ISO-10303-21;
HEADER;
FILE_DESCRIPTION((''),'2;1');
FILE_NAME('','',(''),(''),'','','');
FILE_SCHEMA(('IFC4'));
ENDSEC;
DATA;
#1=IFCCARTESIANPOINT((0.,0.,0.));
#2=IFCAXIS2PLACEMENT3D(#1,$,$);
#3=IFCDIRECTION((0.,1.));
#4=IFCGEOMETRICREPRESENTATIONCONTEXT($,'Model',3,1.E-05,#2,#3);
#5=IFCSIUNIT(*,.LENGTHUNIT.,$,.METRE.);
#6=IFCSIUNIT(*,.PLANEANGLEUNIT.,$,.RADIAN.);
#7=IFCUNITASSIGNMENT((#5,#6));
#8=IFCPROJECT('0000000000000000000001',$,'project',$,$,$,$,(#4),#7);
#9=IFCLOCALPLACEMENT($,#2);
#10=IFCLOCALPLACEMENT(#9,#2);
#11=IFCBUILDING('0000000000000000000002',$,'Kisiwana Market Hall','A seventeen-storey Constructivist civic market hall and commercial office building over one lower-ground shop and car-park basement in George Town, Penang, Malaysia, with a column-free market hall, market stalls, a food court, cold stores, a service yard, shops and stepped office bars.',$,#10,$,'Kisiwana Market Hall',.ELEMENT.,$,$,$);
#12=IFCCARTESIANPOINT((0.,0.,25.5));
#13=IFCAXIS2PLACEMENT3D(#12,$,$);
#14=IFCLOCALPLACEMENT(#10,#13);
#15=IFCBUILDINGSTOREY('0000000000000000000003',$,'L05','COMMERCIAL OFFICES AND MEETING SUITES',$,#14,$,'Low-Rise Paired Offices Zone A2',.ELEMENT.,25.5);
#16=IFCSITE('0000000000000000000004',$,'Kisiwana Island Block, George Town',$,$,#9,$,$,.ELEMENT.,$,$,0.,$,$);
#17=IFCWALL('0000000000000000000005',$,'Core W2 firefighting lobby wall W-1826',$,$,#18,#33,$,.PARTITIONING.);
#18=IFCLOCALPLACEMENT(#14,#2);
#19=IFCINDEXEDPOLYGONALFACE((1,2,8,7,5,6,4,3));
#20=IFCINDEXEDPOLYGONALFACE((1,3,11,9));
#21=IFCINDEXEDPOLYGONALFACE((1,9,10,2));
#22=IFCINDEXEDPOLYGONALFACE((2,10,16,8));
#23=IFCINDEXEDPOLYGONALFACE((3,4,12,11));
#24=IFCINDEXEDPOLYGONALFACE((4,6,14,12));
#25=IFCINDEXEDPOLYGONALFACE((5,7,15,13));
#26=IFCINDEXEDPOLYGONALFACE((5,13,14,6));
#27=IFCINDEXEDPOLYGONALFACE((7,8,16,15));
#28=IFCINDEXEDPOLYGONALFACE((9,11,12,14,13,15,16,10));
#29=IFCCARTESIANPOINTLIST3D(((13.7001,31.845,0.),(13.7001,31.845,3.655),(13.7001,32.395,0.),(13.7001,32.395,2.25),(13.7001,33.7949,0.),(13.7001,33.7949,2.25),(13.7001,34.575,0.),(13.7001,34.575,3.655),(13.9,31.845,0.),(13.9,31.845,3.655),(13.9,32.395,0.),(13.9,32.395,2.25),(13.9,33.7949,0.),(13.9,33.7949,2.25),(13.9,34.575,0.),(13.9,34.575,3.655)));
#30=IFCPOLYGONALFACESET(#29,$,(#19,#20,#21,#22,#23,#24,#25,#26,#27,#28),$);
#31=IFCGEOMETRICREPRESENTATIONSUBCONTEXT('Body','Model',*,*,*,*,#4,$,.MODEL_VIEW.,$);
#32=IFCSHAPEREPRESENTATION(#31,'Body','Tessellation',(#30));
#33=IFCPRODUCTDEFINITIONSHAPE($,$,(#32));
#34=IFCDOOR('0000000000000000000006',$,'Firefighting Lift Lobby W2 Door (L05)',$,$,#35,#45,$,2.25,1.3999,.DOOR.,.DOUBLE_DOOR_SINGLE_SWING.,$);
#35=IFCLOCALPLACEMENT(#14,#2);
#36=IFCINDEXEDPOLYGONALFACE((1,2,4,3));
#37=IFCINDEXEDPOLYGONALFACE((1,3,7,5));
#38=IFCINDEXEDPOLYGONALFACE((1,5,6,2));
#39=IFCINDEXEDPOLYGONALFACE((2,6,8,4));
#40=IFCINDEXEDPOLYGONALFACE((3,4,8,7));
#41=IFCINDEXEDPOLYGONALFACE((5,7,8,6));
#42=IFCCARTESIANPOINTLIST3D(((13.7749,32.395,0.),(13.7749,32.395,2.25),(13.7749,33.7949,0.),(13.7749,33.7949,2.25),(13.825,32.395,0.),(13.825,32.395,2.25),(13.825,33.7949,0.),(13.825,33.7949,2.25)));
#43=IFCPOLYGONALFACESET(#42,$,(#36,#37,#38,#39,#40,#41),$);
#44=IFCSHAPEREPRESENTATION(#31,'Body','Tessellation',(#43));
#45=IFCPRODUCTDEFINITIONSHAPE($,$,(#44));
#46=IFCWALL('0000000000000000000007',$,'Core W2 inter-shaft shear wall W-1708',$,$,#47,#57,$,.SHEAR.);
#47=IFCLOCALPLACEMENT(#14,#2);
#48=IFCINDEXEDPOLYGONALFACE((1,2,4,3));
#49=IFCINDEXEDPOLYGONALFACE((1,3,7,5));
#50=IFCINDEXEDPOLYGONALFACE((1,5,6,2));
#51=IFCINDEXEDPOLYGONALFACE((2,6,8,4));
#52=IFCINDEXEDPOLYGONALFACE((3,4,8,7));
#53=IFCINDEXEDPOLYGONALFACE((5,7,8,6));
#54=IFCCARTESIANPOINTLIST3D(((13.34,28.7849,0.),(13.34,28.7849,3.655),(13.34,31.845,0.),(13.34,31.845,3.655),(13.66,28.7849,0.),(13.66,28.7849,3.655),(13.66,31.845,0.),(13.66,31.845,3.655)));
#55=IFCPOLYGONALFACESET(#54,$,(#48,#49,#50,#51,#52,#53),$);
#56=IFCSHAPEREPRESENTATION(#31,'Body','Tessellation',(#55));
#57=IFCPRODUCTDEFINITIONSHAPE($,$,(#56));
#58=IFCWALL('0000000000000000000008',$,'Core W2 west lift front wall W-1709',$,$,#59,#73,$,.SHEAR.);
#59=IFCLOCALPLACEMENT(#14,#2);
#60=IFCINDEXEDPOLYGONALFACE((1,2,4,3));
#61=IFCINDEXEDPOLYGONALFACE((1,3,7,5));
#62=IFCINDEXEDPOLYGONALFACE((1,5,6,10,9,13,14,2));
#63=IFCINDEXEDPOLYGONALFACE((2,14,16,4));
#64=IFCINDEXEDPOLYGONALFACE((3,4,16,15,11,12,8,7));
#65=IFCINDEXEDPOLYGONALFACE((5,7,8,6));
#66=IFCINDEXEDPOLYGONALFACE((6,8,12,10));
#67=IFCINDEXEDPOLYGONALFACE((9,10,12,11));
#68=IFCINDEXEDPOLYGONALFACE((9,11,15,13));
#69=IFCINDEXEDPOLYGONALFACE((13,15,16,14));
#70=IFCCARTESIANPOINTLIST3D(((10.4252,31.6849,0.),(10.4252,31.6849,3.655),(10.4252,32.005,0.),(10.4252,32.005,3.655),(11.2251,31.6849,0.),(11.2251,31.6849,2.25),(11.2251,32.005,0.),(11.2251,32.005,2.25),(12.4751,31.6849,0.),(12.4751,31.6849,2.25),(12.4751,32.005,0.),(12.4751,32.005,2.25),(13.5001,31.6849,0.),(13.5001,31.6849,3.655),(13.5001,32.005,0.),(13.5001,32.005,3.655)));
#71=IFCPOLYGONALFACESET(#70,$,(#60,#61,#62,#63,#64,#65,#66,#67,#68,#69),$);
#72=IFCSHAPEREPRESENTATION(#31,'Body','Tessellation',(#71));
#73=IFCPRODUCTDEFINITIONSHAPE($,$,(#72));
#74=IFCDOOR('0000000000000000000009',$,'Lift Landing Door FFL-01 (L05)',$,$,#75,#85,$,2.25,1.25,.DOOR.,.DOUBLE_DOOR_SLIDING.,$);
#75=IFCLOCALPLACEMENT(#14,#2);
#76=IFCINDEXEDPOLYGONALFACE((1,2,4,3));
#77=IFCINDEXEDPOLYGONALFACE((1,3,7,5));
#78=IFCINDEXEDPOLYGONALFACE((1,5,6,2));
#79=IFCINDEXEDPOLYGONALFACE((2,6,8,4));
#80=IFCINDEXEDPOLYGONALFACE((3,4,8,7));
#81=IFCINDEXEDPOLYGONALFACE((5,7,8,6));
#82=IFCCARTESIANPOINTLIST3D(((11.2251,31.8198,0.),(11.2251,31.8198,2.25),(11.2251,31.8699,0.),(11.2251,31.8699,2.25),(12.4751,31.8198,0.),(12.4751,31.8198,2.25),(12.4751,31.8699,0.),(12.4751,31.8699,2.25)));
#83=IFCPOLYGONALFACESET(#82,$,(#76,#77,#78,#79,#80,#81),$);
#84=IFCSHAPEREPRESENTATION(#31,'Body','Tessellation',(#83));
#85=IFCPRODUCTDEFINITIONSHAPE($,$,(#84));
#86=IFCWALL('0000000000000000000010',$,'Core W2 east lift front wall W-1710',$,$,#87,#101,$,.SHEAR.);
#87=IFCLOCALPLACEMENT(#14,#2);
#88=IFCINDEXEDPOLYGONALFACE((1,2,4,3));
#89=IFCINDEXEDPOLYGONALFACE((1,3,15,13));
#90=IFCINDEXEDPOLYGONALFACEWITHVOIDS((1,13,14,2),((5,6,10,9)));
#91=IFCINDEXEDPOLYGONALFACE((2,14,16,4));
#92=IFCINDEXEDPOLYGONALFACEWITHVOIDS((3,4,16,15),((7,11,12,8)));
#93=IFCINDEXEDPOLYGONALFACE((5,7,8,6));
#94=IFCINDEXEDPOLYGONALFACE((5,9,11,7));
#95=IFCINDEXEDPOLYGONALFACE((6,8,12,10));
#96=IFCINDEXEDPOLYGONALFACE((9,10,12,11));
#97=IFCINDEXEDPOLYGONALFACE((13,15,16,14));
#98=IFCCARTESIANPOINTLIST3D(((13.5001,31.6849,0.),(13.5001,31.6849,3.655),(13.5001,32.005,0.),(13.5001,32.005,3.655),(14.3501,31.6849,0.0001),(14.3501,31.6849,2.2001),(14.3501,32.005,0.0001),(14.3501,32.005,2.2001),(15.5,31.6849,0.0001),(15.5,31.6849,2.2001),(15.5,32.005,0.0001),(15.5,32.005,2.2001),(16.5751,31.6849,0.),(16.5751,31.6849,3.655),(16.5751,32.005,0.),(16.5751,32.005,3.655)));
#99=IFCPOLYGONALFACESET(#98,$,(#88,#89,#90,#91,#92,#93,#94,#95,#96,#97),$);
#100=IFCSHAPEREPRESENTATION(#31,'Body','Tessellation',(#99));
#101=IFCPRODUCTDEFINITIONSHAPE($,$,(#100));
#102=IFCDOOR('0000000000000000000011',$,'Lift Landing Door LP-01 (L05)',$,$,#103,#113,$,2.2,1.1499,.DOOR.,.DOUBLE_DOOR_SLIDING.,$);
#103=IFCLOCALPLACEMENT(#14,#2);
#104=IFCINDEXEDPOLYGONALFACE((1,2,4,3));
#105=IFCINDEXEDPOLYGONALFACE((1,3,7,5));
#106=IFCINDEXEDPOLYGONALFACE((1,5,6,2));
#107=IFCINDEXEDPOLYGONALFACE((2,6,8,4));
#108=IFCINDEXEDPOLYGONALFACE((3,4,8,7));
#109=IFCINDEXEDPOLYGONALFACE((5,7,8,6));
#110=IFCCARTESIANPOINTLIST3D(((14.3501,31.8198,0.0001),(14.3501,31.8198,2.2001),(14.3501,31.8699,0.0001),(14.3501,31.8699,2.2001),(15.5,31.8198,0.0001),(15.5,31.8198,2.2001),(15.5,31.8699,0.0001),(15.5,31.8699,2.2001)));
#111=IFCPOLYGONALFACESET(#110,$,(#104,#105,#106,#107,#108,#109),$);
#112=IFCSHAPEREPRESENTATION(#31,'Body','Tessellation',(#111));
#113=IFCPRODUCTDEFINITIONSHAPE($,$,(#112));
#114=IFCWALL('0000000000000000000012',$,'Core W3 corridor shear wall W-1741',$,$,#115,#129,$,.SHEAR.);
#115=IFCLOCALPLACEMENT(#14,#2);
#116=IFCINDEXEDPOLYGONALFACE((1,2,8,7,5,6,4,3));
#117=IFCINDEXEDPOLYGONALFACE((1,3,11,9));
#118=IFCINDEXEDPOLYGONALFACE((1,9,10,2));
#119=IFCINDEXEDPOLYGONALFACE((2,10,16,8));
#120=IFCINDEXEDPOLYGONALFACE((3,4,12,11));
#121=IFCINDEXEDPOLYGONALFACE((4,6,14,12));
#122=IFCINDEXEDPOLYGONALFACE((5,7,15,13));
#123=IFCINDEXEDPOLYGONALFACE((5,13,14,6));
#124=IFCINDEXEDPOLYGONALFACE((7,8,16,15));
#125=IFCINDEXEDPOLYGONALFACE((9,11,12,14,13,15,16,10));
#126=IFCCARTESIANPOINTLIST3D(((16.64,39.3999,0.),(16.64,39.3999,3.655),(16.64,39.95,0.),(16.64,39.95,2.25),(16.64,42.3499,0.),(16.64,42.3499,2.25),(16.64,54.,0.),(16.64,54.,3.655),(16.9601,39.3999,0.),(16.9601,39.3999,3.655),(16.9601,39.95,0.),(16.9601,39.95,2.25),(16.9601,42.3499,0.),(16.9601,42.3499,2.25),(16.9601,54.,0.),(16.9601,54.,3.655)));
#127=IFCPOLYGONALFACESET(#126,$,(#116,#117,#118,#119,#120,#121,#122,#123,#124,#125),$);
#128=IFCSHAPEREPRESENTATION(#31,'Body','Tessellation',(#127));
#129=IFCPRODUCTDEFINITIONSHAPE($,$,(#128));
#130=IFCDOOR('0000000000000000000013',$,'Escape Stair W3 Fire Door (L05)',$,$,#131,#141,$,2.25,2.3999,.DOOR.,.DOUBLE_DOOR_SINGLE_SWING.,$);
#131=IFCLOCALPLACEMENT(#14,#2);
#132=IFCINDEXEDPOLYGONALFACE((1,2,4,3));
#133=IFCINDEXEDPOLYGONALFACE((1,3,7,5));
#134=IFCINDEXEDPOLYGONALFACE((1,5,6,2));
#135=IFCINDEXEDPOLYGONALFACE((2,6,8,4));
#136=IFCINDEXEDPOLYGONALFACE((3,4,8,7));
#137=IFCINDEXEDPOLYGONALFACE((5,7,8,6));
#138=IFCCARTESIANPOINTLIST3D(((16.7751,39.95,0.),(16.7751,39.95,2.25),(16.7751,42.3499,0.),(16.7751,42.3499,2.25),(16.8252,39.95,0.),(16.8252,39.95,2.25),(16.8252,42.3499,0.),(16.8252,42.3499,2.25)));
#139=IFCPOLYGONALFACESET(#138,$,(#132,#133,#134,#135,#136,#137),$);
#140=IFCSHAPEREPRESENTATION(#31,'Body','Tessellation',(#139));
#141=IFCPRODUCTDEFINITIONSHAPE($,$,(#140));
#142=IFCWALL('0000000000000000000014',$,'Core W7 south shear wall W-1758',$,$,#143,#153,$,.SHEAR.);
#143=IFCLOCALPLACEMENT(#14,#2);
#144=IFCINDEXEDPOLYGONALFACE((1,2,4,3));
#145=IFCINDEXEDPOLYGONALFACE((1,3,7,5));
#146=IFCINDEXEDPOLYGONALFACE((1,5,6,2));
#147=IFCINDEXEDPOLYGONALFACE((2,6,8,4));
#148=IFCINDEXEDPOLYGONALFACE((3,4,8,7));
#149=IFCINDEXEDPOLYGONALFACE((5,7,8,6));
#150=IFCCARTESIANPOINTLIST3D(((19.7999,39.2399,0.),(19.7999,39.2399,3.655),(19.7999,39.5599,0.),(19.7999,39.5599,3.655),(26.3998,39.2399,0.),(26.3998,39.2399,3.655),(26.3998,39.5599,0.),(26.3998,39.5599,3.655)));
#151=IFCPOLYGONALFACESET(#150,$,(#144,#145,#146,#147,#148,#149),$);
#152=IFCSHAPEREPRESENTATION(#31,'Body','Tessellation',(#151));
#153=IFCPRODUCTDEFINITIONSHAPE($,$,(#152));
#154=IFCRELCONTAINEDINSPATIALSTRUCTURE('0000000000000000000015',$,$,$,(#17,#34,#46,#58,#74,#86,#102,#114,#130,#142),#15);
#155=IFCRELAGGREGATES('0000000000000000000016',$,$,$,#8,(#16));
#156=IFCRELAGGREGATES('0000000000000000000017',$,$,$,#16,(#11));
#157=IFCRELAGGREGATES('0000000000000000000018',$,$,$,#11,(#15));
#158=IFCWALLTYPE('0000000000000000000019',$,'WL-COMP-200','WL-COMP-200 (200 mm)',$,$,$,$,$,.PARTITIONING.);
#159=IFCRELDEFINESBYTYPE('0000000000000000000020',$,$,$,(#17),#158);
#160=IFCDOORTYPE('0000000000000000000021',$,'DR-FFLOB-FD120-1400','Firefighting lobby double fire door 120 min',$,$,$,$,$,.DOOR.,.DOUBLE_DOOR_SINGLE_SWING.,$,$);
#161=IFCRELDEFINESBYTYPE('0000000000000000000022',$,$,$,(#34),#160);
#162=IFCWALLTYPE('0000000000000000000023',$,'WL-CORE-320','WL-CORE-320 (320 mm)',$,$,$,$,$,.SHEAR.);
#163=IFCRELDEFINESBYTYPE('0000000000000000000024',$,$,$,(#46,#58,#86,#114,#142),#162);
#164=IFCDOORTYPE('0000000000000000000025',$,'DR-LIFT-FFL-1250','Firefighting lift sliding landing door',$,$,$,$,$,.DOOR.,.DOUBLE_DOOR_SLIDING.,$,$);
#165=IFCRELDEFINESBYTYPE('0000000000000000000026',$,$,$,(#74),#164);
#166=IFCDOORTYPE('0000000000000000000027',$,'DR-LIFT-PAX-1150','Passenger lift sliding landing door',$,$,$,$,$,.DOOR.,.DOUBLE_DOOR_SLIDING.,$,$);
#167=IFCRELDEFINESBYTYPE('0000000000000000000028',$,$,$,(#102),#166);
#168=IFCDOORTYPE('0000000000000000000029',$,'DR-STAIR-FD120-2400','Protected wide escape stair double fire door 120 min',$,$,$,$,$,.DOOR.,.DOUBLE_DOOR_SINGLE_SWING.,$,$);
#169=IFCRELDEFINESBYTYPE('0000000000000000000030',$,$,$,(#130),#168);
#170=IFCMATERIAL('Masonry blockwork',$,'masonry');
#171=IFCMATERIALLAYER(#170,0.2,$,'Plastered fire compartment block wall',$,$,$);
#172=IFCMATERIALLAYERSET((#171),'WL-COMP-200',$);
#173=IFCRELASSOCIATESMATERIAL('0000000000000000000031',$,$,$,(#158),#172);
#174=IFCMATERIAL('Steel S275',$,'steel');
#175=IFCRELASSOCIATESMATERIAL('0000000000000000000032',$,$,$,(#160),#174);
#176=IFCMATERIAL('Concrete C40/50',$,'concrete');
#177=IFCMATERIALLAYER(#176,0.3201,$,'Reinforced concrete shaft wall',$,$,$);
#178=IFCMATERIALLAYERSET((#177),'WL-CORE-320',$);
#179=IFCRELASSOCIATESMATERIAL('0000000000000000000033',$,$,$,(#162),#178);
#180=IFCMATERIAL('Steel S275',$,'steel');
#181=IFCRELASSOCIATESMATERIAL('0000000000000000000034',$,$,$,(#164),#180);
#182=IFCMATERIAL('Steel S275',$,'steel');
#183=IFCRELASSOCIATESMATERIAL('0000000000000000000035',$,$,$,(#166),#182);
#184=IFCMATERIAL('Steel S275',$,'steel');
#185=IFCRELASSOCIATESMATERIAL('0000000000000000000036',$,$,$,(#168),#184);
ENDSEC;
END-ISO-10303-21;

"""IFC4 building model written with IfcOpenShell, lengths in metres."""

from ifc_helpers import new_model, si_unit, direction, frame, frame_2d, origin, place, context, subcontext, project, spatial, rectangle, extrude, material, layer, layer_set, type_object, element, fill, save


model = new_model("IFC4")

# Units and contexts
model_context = context("Model", 3, precision=1e-05, world=origin(), true_north=direction((0.0, 1.0)))
body_context = subcontext(model_context, "Body", "Model", "MODEL_VIEW")
ifc_project = project(units=[si_unit("LENGTHUNIT", "METRE"), si_unit("PLANEANGLEUNIT", "RADIAN")], contexts=[model_context])

# Site, building, storey
site_placement = place(None, origin())
site = spatial("IfcSite", under=ifc_project, at=site_placement, Name="Kisiwana Island Block, George Town", CompositionType="ELEMENT", RefElevation=0.0)
building_placement = place(site_placement, origin())
building = spatial("IfcBuilding", under=site, at=building_placement, Name="Kisiwana Market Hall", Description="A seventeen-storey Constructivist civic market hall and commercial office building over one lower-ground shop and car-park basement in George Town, Penang, Malaysia, with a column-free market hall, market stalls, a food court, cold stores, a service yard, shops and stepped office bars.", LongName="Kisiwana Market Hall", CompositionType="ELEMENT")
storey_placement = place(building_placement, frame((0.0, 0.0, 25.5)))
storey = spatial("IfcBuildingStorey", under=building, at=storey_placement, Name="L05", Description="COMMERCIAL OFFICES AND MEETING SUITES", LongName="Low-Rise Paired Offices Zone A2", CompositionType="ELEMENT", Elevation=25.5)

# Wall, opening, door
ifc_material_1 = material(Name="Masonry blockwork", Category="masonry")
ifc_layer_1 = layer(ifc_material_1, 0.2, Name="Plastered fire compartment block wall")
ifc_layer_set_1 = layer_set([ifc_layer_1], Name="WL-COMP-200")
wall_type_1 = type_object("IfcWallType", Name="WL-COMP-200", Description="WL-COMP-200 (200 mm)", PredefinedType="PARTITIONING", material=ifc_layer_set_1)
wall_1_placement = place(storey_placement, frame((13.8, 31.845, 0.0), z_axis=(0.0, 0.0, 1.0), x_axis=(0.0, 1.0, 0.0)))
wall_1 = element("IfcWall", 1, at=wall_1_placement, inside=storey, type_object=wall_type_1, Name="Core W2 firefighting lobby wall W-1826", PredefinedType="PARTITIONING", context=body_context, shape_type="SweptSolid", body=[
    extrude(rectangle(XDim=2.73, YDim=0.2, at=frame_2d((1.365, 0.0))), origin(), (0.0, 0.0, 1.0), 3.655),
])
opening_1_placement = place(wall_1_placement, frame((0.55, 0.0, 0.0)))
opening_1 = element("IfcOpeningElement", 2, at=opening_1_placement, cuts=wall_1, PredefinedType="OPENING", context=body_context, shape_type="SweptSolid", body=[
    extrude(rectangle(XDim=1.3999, YDim=2.25, at=frame_2d((0.7, 1.125))), frame((0.0, 0.1118, 0.0), z_axis=(0.0, -1.0, 0.0), x_axis=(1.0, 0.0, 0.0)), (0.0, 0.0, 1.0), 0.2239),
])
ifc_material_2 = material(Name="Steel S275", Category="steel")
door_type_1 = type_object("IfcDoorType", Name="DR-FFLOB-FD120-1400", Description="Firefighting lobby double fire door 120 min", OperationType="DOUBLE_DOOR_SINGLE_SWING", PredefinedType="DOOR", material=ifc_material_2)
door_1_placement = place(opening_1_placement, frame((1.3999, 0.0, 0.0), z_axis=(0.0, 0.0, 1.0), x_axis=(-1.0, 0.0, 0.0)))
door_1 = element("IfcDoor", 3, at=door_1_placement, inside=storey, type_object=door_type_1, Name="Firefighting Lift Lobby W2 Door (L05)", OperationType="DOUBLE_DOOR_SINGLE_SWING", OverallHeight=2.25, OverallWidth=1.3999, PredefinedType="DOOR", context=body_context, shape_type="SweptSolid", body=[
    extrude(rectangle(XDim=1.3999, YDim=2.25, at=frame_2d((0.7, 1.125))), frame((0.0, 0.0249, 0.0), z_axis=(0.0, -1.0, 0.0), x_axis=(1.0, 0.0, 0.0)), (0.0, 0.0, 1.0), 0.05),
])
fill(opening_1, door_1)

# Wall
ifc_material_3 = material(Name="Concrete C40/50", Category="concrete")
ifc_layer_2 = layer(ifc_material_3, 0.3201, Name="Reinforced concrete shaft wall")
ifc_layer_set_2 = layer_set([ifc_layer_2], Name="WL-CORE-320")
wall_type_2 = type_object("IfcWallType", Name="WL-CORE-320", Description="WL-CORE-320 (320 mm)", PredefinedType="SHEAR", material=ifc_layer_set_2)
wall_2_placement = place(storey_placement, frame((13.5, 28.7849, 0.0), z_axis=(0.0, 0.0, 1.0), x_axis=(0.0, 1.0, 0.0)))
element("IfcWall", 4, at=wall_2_placement, inside=storey, type_object=wall_type_2, Name="Core W2 inter-shaft shear wall W-1708", PredefinedType="SHEAR", context=body_context, shape_type="SweptSolid", body=[
    extrude(rectangle(XDim=3.0601, YDim=0.3201, at=frame_2d((1.53, 0.0))), origin(), (0.0, 0.0, 1.0), 3.655),
])

# Walls, openings, doors
wall_3_placement = place(storey_placement, frame((10.425, 31.845, 0.0), z_axis=(0.0, 0.0, 1.0), x_axis=(1.0, 0.0, 0.0)))
wall_3 = element("IfcWall", 5, at=wall_3_placement, inside=storey, type_object=wall_type_2, Name="Core W2 west lift front wall W-1709", PredefinedType="SHEAR", context=body_context, shape_type="SweptSolid", body=[
    extrude(rectangle(XDim=3.075, YDim=0.3201, at=frame_2d((1.5376, 0.0))), origin(), (0.0, 0.0, 1.0), 3.655),
])
opening_2_placement = place(wall_3_placement, frame((0.8, 0.0, 0.0)))
opening_2 = element("IfcOpeningElement", 6, at=opening_2_placement, cuts=wall_3, PredefinedType="OPENING", context=body_context, shape_type="SweptSolid", body=[
    extrude(rectangle(XDim=1.25, YDim=2.25, at=frame_2d((0.625, 1.125))), frame((0.0, 0.1719, 0.0), z_axis=(0.0, -1.0, 0.0), x_axis=(1.0, 0.0, 0.0)), (0.0, 0.0, 1.0), 0.344),
])
ifc_material_4 = material(Name="Steel S275", Category="steel")
door_type_2 = type_object("IfcDoorType", Name="DR-LIFT-FFL-1250", Description="Firefighting lift sliding landing door", OperationType="DOUBLE_DOOR_SLIDING", PredefinedType="DOOR", material=ifc_material_4)
door_2_placement = place(opening_2_placement, origin())
door_2 = element("IfcDoor", 7, at=door_2_placement, inside=storey, type_object=door_type_2, Name="Lift Landing Door FFL-01 (L05)", OperationType="DOUBLE_DOOR_SLIDING", OverallHeight=2.25, OverallWidth=1.25, PredefinedType="DOOR", context=body_context, shape_type="SweptSolid", body=[
    extrude(rectangle(XDim=1.25, YDim=2.25, at=frame_2d((0.625, 1.125))), frame((0.0, 0.0249, 0.0), z_axis=(0.0, -1.0, 0.0), x_axis=(1.0, 0.0, 0.0)), (0.0, 0.0, 1.0), 0.05),
])
fill(opening_2, door_2)
wall_4_placement = place(storey_placement, frame((13.5, 31.845, 0.0), z_axis=(0.0, 0.0, 1.0), x_axis=(1.0, 0.0, 0.0)))
wall_4 = element("IfcWall", 8, at=wall_4_placement, inside=storey, type_object=wall_type_2, Name="Core W2 east lift front wall W-1710", PredefinedType="SHEAR", context=body_context, shape_type="SweptSolid", body=[
    extrude(rectangle(XDim=3.075, YDim=0.3201, at=frame_2d((1.5376, 0.0))), origin(), (0.0, 0.0, 1.0), 3.655),
])
opening_3_placement = place(wall_4_placement, frame((0.8501, 0.0, 0.0)))
opening_3 = element("IfcOpeningElement", 9, at=opening_3_placement, cuts=wall_4, PredefinedType="OPENING", context=body_context, shape_type="SweptSolid", body=[
    extrude(rectangle(XDim=1.1499, YDim=2.2, at=frame_2d((0.575, 1.1001))), frame((0.0, 0.1719, 0.0), z_axis=(0.0, -1.0, 0.0), x_axis=(1.0, 0.0, 0.0)), (0.0, 0.0, 1.0), 0.344),
])
ifc_material_5 = material(Name="Steel S275", Category="steel")
door_type_3 = type_object("IfcDoorType", Name="DR-LIFT-PAX-1150", Description="Passenger lift sliding landing door", OperationType="DOUBLE_DOOR_SLIDING", PredefinedType="DOOR", material=ifc_material_5)
door_3_placement = place(opening_3_placement, origin())
door_3 = element("IfcDoor", 10, at=door_3_placement, inside=storey, type_object=door_type_3, Name="Lift Landing Door LP-01 (L05)", OperationType="DOUBLE_DOOR_SLIDING", OverallHeight=2.2, OverallWidth=1.1499, PredefinedType="DOOR", context=body_context, shape_type="SweptSolid", body=[
    extrude(rectangle(XDim=1.1499, YDim=2.2, at=frame_2d((0.575, 1.1001))), frame((0.0, 0.0249, 0.0), z_axis=(0.0, -1.0, 0.0), x_axis=(1.0, 0.0, 0.0)), (0.0, 0.0, 1.0), 0.05),
])
fill(opening_3, door_3)
wall_5_placement = place(storey_placement, frame((16.8, 39.3999, 0.0), z_axis=(0.0, 0.0, 1.0), x_axis=(0.0, 1.0, 0.0)))
wall_5 = element("IfcWall", 11, at=wall_5_placement, inside=storey, type_object=wall_type_2, Name="Core W3 corridor shear wall W-1741", PredefinedType="SHEAR", context=body_context, shape_type="SweptSolid", body=[
    extrude(rectangle(XDim=14.6001, YDim=0.3201, at=frame_2d((7.3, 0.0))), origin(), (0.0, 0.0, 1.0), 3.655),
])
opening_4_placement = place(wall_5_placement, frame((0.55, 0.0, 0.0)))
opening_4 = element("IfcOpeningElement", 12, at=opening_4_placement, cuts=wall_5, PredefinedType="OPENING", context=body_context, shape_type="SweptSolid", body=[
    extrude(rectangle(XDim=2.3999, YDim=2.25, at=frame_2d((1.2, 1.125))), frame((0.0, 0.1719, 0.0), z_axis=(0.0, -1.0, 0.0), x_axis=(1.0, 0.0, 0.0)), (0.0, 0.0, 1.0), 0.344),
])
ifc_material_6 = material(Name="Steel S275", Category="steel")
door_type_4 = type_object("IfcDoorType", Name="DR-STAIR-FD120-2400", Description="Protected wide escape stair double fire door 120 min", OperationType="DOUBLE_DOOR_SINGLE_SWING", PredefinedType="DOOR", material=ifc_material_6)
door_4_placement = place(opening_4_placement, origin())
door_4 = element("IfcDoor", 13, at=door_4_placement, inside=storey, type_object=door_type_4, Name="Escape Stair W3 Fire Door (L05)", OperationType="DOUBLE_DOOR_SINGLE_SWING", OverallHeight=2.25, OverallWidth=2.3999, PredefinedType="DOOR", context=body_context, shape_type="SweptSolid", body=[
    extrude(rectangle(XDim=2.3999, YDim=2.25, at=frame_2d((1.2, 1.125))), frame((0.0, 0.0249, 0.0), z_axis=(0.0, -1.0, 0.0), x_axis=(1.0, 0.0, 0.0)), (0.0, 0.0, 1.0), 0.05),
])
fill(opening_4, door_4)

# Wall
wall_6_placement = place(storey_placement, frame((19.8, 39.3999, 0.0), z_axis=(0.0, 0.0, 1.0), x_axis=(1.0, 0.0, 0.0)))
element("IfcWall", 14, at=wall_6_placement, inside=storey, type_object=wall_type_2, Name="Core W7 south shear wall W-1758", PredefinedType="SHEAR", context=body_context, shape_type="SweptSolid", body=[
    extrude(rectangle(XDim=6.5999, YDim=0.3201, at=frame_2d((3.2998, 0.0))), origin(), (0.0, 0.0, 1.0), 3.655),
])

save(model, "model.ifc")
